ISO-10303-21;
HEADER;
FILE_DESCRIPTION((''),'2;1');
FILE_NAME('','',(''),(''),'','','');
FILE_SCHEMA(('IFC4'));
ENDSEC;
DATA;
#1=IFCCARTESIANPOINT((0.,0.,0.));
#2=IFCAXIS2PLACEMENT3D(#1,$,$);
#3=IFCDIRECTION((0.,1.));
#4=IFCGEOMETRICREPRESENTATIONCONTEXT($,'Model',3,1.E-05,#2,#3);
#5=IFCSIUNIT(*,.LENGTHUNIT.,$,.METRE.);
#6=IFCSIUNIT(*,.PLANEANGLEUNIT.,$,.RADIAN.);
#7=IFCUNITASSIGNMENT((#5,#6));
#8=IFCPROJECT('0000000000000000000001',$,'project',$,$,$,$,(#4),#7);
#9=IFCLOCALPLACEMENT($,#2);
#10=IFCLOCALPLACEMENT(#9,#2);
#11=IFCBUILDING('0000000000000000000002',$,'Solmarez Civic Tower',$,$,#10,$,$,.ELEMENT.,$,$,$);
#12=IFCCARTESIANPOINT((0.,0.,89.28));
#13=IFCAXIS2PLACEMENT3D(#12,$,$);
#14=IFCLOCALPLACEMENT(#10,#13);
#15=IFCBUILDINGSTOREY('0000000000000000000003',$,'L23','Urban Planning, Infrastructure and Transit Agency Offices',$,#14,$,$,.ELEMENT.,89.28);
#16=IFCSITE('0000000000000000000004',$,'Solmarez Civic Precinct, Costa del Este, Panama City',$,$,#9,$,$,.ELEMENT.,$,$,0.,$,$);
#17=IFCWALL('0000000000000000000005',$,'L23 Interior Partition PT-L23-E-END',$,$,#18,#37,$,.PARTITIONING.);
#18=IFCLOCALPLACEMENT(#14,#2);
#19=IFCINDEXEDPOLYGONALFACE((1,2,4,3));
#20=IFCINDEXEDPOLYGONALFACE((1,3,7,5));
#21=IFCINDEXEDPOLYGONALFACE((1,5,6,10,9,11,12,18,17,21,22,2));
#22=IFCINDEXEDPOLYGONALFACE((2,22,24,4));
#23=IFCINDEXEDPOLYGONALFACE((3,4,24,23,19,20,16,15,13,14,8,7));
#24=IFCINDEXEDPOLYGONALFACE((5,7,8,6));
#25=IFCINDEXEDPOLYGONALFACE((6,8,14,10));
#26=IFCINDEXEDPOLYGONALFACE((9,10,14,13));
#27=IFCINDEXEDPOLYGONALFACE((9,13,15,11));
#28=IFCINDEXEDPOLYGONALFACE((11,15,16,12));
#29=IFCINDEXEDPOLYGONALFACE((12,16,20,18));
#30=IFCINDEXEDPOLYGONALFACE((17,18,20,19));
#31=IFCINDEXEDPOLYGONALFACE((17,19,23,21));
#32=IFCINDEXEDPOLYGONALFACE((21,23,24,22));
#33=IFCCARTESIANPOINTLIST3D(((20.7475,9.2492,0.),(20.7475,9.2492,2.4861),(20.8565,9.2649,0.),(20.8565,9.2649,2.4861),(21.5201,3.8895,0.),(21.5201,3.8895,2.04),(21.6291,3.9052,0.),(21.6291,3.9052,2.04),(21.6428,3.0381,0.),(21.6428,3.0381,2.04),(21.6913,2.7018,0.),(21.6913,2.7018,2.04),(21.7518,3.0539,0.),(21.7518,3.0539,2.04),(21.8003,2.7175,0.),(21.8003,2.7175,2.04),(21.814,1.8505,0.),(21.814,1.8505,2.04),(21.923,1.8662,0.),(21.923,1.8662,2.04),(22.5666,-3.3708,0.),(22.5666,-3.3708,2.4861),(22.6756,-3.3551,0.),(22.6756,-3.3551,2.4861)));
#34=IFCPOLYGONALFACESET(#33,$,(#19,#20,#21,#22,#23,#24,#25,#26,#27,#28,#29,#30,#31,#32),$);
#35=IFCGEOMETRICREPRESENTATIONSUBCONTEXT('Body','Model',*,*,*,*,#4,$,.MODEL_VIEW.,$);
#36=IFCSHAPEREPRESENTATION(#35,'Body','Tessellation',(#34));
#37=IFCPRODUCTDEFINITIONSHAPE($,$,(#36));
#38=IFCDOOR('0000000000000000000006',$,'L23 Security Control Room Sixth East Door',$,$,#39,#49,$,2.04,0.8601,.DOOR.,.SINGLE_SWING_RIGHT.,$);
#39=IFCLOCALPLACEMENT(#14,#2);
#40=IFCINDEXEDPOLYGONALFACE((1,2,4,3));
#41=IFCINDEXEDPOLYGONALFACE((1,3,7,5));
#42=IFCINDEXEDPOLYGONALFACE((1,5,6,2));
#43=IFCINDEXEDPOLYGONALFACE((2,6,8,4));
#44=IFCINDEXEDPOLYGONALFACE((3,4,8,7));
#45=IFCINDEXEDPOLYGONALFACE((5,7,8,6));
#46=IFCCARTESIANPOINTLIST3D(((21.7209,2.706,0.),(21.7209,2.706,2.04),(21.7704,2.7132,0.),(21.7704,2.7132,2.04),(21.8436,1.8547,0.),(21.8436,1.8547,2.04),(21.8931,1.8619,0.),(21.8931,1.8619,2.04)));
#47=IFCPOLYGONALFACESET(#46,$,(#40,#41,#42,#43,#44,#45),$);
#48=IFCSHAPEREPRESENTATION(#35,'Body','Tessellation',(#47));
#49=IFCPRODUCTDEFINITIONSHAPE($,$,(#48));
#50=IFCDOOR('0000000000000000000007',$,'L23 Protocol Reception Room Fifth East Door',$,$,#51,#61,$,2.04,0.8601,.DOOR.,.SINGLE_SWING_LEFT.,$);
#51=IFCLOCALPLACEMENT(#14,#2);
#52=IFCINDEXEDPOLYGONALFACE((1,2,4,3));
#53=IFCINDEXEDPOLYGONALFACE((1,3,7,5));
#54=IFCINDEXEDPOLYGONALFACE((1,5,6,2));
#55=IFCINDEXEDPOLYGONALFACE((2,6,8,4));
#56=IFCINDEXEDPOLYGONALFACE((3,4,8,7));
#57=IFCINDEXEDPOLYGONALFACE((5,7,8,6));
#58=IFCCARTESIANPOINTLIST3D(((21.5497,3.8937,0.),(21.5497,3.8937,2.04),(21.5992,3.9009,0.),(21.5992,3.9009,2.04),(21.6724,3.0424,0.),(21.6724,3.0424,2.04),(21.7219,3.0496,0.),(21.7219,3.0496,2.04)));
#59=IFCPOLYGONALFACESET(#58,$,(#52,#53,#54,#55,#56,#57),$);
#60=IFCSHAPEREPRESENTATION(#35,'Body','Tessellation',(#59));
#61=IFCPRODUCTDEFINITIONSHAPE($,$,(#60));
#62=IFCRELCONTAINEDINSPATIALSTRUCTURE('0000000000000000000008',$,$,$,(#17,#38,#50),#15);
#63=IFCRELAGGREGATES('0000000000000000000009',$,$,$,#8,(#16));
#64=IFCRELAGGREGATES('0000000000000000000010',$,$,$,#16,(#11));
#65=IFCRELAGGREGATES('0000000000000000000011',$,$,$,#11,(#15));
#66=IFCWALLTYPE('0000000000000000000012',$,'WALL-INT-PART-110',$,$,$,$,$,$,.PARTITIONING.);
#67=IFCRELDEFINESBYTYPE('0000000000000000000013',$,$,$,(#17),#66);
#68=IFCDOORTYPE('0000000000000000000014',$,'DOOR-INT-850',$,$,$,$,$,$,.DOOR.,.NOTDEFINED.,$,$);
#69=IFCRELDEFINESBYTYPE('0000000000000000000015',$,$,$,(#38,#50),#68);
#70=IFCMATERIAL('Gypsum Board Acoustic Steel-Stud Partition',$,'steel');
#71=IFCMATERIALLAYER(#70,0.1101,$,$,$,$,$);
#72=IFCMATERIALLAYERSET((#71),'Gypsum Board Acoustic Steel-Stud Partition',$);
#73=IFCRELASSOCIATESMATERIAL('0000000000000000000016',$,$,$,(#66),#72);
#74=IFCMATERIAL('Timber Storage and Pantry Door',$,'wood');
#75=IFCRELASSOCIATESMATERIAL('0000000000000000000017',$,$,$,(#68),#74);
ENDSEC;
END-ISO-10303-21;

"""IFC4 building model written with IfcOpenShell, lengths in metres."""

from ifc_helpers import new_model, si_unit, direction, frame, frame_2d, origin, place, context, subcontext, project, spatial, rectangle, extrude, material, layer, layer_set, type_object, element, fill, save


model = new_model("IFC4")

# Units and contexts
model_context = context("Model", 3, precision=1e-05, world=origin(), true_north=direction((0.0, 1.0)))
body_context = subcontext(model_context, "Body", "Model", "MODEL_VIEW")
ifc_project = project(units=[si_unit("LENGTHUNIT", "METRE"), si_unit("PLANEANGLEUNIT", "RADIAN")], contexts=[model_context])

# Site, building, storey
site_placement = place(None, origin())
site = spatial("IfcSite", under=ifc_project, at=site_placement, Name="Solmarez Civic Precinct, Costa del Este, Panama City", CompositionType="ELEMENT", RefElevation=0.0)
building_placement = place(site_placement, origin())
building = spatial("IfcBuilding", under=site, at=building_placement, Name="Solmarez Civic Tower", CompositionType="ELEMENT")
storey_placement = place(building_placement, frame((0.0, 0.0, 89.28)))
storey = spatial("IfcBuildingStorey", under=building, at=storey_placement, Name="L23", Description="Urban Planning, Infrastructure and Transit Agency Offices", CompositionType="ELEMENT", Elevation=89.28)

# Shared definitions
ifc_material_1 = material(Name="Gypsum Board Acoustic Steel-Stud Partition", Category="steel")
ifc_layer_1 = layer(ifc_material_1, 0.1101)
ifc_layer_set_1 = layer_set([ifc_layer_1], Name="Gypsum Board Acoustic Steel-Stud Partition")
wall_type_1 = type_object("IfcWallType", Name="WALL-INT-PART-110", PredefinedType="PARTITIONING", material=ifc_layer_set_1)

# Wall, openings, doors
wall_1_placement = place(storey_placement, frame((20.802, 9.2571, 0.0), z_axis=(0.0, 0.0, 1.0), x_axis=(0.142668, -0.989771, 0.0)))
wall_1 = element("IfcWall", 1, at=wall_1_placement, inside=storey, type_object=wall_type_1, Name="L23 Interior Partition PT-L23-E-END", PredefinedType="PARTITIONING", context=body_context, shape_type="SweptSolid", body=[
    extrude(rectangle(XDim=12.7505, YDim=0.1101, at=frame_2d((6.3752, 0.0))), origin(), (0.0, 0.0, 1.0), 2.4861),
])
opening_1_placement = place(wall_1_placement, frame((6.615, 0.0, 0.0)))
opening_1 = element("IfcOpeningElement", 2, at=opening_1_placement, cuts=wall_1, PredefinedType="OPENING", context=body_context, shape_type="SweptSolid", body=[
    extrude(rectangle(XDim=0.8601, YDim=2.04, at=frame_2d((0.4302, 1.02))), frame((0.0, 0.0649, 0.0), z_axis=(0.0, -1.0, 0.0), x_axis=(1.0, 0.0, 0.0)), (0.0, 0.0, 1.0), 0.1301),
])
opening_2_placement = place(wall_1_placement, frame((5.415, 0.0, 0.0)))
opening_2 = element("IfcOpeningElement", 3, at=opening_2_placement, cuts=wall_1, PredefinedType="OPENING", context=body_context, shape_type="SweptSolid", body=[
    extrude(rectangle(XDim=0.8601, YDim=2.04, at=frame_2d((0.4302, 1.02))), frame((0.0, 0.0649, 0.0), z_axis=(0.0, -1.0, 0.0), x_axis=(1.0, 0.0, 0.0)), (0.0, 0.0, 1.0), 0.1301),
])
ifc_material_2 = material(Name="Timber Storage and Pantry Door", Category="wood")
door_type_1 = type_object("IfcDoorType", Name="DOOR-INT-850", OperationType="NOTDEFINED", PredefinedType="DOOR", material=ifc_material_2)
door_1_placement = place(opening_1_placement, origin())
door_1 = element("IfcDoor", 4, at=door_1_placement, inside=storey, type_object=door_type_1, Name="L23 Security Control Room Sixth East Door", OperationType="SINGLE_SWING_RIGHT", OverallHeight=2.04, OverallWidth=0.8601, PredefinedType="DOOR", context=body_context, shape_type="SweptSolid", body=[
    extrude(rectangle(XDim=0.8601, YDim=2.04, at=frame_2d((0.4302, 1.02))), frame((0.0, 0.0249, 0.0), z_axis=(0.0, -1.0, 0.0), x_axis=(1.0, 0.0, 0.0)), (0.0, 0.0, 1.0), 0.05),
])
fill(opening_1, door_1)
door_2_placement = place(opening_2_placement, origin())
door_2 = element("IfcDoor", 5, at=door_2_placement, inside=storey, type_object=door_type_1, Name="L23 Protocol Reception Room Fifth East Door", OperationType="SINGLE_SWING_LEFT", OverallHeight=2.04, OverallWidth=0.8601, PredefinedType="DOOR", context=body_context, shape_type="SweptSolid", body=[
    extrude(rectangle(XDim=0.8601, YDim=2.04, at=frame_2d((0.4302, 1.02))), frame((0.0, 0.0249, 0.0), z_axis=(0.0, -1.0, 0.0), x_axis=(1.0, 0.0, 0.0)), (0.0, 0.0, 1.0), 0.05),
])
fill(opening_2, door_2)

save(model, "model.ifc")
